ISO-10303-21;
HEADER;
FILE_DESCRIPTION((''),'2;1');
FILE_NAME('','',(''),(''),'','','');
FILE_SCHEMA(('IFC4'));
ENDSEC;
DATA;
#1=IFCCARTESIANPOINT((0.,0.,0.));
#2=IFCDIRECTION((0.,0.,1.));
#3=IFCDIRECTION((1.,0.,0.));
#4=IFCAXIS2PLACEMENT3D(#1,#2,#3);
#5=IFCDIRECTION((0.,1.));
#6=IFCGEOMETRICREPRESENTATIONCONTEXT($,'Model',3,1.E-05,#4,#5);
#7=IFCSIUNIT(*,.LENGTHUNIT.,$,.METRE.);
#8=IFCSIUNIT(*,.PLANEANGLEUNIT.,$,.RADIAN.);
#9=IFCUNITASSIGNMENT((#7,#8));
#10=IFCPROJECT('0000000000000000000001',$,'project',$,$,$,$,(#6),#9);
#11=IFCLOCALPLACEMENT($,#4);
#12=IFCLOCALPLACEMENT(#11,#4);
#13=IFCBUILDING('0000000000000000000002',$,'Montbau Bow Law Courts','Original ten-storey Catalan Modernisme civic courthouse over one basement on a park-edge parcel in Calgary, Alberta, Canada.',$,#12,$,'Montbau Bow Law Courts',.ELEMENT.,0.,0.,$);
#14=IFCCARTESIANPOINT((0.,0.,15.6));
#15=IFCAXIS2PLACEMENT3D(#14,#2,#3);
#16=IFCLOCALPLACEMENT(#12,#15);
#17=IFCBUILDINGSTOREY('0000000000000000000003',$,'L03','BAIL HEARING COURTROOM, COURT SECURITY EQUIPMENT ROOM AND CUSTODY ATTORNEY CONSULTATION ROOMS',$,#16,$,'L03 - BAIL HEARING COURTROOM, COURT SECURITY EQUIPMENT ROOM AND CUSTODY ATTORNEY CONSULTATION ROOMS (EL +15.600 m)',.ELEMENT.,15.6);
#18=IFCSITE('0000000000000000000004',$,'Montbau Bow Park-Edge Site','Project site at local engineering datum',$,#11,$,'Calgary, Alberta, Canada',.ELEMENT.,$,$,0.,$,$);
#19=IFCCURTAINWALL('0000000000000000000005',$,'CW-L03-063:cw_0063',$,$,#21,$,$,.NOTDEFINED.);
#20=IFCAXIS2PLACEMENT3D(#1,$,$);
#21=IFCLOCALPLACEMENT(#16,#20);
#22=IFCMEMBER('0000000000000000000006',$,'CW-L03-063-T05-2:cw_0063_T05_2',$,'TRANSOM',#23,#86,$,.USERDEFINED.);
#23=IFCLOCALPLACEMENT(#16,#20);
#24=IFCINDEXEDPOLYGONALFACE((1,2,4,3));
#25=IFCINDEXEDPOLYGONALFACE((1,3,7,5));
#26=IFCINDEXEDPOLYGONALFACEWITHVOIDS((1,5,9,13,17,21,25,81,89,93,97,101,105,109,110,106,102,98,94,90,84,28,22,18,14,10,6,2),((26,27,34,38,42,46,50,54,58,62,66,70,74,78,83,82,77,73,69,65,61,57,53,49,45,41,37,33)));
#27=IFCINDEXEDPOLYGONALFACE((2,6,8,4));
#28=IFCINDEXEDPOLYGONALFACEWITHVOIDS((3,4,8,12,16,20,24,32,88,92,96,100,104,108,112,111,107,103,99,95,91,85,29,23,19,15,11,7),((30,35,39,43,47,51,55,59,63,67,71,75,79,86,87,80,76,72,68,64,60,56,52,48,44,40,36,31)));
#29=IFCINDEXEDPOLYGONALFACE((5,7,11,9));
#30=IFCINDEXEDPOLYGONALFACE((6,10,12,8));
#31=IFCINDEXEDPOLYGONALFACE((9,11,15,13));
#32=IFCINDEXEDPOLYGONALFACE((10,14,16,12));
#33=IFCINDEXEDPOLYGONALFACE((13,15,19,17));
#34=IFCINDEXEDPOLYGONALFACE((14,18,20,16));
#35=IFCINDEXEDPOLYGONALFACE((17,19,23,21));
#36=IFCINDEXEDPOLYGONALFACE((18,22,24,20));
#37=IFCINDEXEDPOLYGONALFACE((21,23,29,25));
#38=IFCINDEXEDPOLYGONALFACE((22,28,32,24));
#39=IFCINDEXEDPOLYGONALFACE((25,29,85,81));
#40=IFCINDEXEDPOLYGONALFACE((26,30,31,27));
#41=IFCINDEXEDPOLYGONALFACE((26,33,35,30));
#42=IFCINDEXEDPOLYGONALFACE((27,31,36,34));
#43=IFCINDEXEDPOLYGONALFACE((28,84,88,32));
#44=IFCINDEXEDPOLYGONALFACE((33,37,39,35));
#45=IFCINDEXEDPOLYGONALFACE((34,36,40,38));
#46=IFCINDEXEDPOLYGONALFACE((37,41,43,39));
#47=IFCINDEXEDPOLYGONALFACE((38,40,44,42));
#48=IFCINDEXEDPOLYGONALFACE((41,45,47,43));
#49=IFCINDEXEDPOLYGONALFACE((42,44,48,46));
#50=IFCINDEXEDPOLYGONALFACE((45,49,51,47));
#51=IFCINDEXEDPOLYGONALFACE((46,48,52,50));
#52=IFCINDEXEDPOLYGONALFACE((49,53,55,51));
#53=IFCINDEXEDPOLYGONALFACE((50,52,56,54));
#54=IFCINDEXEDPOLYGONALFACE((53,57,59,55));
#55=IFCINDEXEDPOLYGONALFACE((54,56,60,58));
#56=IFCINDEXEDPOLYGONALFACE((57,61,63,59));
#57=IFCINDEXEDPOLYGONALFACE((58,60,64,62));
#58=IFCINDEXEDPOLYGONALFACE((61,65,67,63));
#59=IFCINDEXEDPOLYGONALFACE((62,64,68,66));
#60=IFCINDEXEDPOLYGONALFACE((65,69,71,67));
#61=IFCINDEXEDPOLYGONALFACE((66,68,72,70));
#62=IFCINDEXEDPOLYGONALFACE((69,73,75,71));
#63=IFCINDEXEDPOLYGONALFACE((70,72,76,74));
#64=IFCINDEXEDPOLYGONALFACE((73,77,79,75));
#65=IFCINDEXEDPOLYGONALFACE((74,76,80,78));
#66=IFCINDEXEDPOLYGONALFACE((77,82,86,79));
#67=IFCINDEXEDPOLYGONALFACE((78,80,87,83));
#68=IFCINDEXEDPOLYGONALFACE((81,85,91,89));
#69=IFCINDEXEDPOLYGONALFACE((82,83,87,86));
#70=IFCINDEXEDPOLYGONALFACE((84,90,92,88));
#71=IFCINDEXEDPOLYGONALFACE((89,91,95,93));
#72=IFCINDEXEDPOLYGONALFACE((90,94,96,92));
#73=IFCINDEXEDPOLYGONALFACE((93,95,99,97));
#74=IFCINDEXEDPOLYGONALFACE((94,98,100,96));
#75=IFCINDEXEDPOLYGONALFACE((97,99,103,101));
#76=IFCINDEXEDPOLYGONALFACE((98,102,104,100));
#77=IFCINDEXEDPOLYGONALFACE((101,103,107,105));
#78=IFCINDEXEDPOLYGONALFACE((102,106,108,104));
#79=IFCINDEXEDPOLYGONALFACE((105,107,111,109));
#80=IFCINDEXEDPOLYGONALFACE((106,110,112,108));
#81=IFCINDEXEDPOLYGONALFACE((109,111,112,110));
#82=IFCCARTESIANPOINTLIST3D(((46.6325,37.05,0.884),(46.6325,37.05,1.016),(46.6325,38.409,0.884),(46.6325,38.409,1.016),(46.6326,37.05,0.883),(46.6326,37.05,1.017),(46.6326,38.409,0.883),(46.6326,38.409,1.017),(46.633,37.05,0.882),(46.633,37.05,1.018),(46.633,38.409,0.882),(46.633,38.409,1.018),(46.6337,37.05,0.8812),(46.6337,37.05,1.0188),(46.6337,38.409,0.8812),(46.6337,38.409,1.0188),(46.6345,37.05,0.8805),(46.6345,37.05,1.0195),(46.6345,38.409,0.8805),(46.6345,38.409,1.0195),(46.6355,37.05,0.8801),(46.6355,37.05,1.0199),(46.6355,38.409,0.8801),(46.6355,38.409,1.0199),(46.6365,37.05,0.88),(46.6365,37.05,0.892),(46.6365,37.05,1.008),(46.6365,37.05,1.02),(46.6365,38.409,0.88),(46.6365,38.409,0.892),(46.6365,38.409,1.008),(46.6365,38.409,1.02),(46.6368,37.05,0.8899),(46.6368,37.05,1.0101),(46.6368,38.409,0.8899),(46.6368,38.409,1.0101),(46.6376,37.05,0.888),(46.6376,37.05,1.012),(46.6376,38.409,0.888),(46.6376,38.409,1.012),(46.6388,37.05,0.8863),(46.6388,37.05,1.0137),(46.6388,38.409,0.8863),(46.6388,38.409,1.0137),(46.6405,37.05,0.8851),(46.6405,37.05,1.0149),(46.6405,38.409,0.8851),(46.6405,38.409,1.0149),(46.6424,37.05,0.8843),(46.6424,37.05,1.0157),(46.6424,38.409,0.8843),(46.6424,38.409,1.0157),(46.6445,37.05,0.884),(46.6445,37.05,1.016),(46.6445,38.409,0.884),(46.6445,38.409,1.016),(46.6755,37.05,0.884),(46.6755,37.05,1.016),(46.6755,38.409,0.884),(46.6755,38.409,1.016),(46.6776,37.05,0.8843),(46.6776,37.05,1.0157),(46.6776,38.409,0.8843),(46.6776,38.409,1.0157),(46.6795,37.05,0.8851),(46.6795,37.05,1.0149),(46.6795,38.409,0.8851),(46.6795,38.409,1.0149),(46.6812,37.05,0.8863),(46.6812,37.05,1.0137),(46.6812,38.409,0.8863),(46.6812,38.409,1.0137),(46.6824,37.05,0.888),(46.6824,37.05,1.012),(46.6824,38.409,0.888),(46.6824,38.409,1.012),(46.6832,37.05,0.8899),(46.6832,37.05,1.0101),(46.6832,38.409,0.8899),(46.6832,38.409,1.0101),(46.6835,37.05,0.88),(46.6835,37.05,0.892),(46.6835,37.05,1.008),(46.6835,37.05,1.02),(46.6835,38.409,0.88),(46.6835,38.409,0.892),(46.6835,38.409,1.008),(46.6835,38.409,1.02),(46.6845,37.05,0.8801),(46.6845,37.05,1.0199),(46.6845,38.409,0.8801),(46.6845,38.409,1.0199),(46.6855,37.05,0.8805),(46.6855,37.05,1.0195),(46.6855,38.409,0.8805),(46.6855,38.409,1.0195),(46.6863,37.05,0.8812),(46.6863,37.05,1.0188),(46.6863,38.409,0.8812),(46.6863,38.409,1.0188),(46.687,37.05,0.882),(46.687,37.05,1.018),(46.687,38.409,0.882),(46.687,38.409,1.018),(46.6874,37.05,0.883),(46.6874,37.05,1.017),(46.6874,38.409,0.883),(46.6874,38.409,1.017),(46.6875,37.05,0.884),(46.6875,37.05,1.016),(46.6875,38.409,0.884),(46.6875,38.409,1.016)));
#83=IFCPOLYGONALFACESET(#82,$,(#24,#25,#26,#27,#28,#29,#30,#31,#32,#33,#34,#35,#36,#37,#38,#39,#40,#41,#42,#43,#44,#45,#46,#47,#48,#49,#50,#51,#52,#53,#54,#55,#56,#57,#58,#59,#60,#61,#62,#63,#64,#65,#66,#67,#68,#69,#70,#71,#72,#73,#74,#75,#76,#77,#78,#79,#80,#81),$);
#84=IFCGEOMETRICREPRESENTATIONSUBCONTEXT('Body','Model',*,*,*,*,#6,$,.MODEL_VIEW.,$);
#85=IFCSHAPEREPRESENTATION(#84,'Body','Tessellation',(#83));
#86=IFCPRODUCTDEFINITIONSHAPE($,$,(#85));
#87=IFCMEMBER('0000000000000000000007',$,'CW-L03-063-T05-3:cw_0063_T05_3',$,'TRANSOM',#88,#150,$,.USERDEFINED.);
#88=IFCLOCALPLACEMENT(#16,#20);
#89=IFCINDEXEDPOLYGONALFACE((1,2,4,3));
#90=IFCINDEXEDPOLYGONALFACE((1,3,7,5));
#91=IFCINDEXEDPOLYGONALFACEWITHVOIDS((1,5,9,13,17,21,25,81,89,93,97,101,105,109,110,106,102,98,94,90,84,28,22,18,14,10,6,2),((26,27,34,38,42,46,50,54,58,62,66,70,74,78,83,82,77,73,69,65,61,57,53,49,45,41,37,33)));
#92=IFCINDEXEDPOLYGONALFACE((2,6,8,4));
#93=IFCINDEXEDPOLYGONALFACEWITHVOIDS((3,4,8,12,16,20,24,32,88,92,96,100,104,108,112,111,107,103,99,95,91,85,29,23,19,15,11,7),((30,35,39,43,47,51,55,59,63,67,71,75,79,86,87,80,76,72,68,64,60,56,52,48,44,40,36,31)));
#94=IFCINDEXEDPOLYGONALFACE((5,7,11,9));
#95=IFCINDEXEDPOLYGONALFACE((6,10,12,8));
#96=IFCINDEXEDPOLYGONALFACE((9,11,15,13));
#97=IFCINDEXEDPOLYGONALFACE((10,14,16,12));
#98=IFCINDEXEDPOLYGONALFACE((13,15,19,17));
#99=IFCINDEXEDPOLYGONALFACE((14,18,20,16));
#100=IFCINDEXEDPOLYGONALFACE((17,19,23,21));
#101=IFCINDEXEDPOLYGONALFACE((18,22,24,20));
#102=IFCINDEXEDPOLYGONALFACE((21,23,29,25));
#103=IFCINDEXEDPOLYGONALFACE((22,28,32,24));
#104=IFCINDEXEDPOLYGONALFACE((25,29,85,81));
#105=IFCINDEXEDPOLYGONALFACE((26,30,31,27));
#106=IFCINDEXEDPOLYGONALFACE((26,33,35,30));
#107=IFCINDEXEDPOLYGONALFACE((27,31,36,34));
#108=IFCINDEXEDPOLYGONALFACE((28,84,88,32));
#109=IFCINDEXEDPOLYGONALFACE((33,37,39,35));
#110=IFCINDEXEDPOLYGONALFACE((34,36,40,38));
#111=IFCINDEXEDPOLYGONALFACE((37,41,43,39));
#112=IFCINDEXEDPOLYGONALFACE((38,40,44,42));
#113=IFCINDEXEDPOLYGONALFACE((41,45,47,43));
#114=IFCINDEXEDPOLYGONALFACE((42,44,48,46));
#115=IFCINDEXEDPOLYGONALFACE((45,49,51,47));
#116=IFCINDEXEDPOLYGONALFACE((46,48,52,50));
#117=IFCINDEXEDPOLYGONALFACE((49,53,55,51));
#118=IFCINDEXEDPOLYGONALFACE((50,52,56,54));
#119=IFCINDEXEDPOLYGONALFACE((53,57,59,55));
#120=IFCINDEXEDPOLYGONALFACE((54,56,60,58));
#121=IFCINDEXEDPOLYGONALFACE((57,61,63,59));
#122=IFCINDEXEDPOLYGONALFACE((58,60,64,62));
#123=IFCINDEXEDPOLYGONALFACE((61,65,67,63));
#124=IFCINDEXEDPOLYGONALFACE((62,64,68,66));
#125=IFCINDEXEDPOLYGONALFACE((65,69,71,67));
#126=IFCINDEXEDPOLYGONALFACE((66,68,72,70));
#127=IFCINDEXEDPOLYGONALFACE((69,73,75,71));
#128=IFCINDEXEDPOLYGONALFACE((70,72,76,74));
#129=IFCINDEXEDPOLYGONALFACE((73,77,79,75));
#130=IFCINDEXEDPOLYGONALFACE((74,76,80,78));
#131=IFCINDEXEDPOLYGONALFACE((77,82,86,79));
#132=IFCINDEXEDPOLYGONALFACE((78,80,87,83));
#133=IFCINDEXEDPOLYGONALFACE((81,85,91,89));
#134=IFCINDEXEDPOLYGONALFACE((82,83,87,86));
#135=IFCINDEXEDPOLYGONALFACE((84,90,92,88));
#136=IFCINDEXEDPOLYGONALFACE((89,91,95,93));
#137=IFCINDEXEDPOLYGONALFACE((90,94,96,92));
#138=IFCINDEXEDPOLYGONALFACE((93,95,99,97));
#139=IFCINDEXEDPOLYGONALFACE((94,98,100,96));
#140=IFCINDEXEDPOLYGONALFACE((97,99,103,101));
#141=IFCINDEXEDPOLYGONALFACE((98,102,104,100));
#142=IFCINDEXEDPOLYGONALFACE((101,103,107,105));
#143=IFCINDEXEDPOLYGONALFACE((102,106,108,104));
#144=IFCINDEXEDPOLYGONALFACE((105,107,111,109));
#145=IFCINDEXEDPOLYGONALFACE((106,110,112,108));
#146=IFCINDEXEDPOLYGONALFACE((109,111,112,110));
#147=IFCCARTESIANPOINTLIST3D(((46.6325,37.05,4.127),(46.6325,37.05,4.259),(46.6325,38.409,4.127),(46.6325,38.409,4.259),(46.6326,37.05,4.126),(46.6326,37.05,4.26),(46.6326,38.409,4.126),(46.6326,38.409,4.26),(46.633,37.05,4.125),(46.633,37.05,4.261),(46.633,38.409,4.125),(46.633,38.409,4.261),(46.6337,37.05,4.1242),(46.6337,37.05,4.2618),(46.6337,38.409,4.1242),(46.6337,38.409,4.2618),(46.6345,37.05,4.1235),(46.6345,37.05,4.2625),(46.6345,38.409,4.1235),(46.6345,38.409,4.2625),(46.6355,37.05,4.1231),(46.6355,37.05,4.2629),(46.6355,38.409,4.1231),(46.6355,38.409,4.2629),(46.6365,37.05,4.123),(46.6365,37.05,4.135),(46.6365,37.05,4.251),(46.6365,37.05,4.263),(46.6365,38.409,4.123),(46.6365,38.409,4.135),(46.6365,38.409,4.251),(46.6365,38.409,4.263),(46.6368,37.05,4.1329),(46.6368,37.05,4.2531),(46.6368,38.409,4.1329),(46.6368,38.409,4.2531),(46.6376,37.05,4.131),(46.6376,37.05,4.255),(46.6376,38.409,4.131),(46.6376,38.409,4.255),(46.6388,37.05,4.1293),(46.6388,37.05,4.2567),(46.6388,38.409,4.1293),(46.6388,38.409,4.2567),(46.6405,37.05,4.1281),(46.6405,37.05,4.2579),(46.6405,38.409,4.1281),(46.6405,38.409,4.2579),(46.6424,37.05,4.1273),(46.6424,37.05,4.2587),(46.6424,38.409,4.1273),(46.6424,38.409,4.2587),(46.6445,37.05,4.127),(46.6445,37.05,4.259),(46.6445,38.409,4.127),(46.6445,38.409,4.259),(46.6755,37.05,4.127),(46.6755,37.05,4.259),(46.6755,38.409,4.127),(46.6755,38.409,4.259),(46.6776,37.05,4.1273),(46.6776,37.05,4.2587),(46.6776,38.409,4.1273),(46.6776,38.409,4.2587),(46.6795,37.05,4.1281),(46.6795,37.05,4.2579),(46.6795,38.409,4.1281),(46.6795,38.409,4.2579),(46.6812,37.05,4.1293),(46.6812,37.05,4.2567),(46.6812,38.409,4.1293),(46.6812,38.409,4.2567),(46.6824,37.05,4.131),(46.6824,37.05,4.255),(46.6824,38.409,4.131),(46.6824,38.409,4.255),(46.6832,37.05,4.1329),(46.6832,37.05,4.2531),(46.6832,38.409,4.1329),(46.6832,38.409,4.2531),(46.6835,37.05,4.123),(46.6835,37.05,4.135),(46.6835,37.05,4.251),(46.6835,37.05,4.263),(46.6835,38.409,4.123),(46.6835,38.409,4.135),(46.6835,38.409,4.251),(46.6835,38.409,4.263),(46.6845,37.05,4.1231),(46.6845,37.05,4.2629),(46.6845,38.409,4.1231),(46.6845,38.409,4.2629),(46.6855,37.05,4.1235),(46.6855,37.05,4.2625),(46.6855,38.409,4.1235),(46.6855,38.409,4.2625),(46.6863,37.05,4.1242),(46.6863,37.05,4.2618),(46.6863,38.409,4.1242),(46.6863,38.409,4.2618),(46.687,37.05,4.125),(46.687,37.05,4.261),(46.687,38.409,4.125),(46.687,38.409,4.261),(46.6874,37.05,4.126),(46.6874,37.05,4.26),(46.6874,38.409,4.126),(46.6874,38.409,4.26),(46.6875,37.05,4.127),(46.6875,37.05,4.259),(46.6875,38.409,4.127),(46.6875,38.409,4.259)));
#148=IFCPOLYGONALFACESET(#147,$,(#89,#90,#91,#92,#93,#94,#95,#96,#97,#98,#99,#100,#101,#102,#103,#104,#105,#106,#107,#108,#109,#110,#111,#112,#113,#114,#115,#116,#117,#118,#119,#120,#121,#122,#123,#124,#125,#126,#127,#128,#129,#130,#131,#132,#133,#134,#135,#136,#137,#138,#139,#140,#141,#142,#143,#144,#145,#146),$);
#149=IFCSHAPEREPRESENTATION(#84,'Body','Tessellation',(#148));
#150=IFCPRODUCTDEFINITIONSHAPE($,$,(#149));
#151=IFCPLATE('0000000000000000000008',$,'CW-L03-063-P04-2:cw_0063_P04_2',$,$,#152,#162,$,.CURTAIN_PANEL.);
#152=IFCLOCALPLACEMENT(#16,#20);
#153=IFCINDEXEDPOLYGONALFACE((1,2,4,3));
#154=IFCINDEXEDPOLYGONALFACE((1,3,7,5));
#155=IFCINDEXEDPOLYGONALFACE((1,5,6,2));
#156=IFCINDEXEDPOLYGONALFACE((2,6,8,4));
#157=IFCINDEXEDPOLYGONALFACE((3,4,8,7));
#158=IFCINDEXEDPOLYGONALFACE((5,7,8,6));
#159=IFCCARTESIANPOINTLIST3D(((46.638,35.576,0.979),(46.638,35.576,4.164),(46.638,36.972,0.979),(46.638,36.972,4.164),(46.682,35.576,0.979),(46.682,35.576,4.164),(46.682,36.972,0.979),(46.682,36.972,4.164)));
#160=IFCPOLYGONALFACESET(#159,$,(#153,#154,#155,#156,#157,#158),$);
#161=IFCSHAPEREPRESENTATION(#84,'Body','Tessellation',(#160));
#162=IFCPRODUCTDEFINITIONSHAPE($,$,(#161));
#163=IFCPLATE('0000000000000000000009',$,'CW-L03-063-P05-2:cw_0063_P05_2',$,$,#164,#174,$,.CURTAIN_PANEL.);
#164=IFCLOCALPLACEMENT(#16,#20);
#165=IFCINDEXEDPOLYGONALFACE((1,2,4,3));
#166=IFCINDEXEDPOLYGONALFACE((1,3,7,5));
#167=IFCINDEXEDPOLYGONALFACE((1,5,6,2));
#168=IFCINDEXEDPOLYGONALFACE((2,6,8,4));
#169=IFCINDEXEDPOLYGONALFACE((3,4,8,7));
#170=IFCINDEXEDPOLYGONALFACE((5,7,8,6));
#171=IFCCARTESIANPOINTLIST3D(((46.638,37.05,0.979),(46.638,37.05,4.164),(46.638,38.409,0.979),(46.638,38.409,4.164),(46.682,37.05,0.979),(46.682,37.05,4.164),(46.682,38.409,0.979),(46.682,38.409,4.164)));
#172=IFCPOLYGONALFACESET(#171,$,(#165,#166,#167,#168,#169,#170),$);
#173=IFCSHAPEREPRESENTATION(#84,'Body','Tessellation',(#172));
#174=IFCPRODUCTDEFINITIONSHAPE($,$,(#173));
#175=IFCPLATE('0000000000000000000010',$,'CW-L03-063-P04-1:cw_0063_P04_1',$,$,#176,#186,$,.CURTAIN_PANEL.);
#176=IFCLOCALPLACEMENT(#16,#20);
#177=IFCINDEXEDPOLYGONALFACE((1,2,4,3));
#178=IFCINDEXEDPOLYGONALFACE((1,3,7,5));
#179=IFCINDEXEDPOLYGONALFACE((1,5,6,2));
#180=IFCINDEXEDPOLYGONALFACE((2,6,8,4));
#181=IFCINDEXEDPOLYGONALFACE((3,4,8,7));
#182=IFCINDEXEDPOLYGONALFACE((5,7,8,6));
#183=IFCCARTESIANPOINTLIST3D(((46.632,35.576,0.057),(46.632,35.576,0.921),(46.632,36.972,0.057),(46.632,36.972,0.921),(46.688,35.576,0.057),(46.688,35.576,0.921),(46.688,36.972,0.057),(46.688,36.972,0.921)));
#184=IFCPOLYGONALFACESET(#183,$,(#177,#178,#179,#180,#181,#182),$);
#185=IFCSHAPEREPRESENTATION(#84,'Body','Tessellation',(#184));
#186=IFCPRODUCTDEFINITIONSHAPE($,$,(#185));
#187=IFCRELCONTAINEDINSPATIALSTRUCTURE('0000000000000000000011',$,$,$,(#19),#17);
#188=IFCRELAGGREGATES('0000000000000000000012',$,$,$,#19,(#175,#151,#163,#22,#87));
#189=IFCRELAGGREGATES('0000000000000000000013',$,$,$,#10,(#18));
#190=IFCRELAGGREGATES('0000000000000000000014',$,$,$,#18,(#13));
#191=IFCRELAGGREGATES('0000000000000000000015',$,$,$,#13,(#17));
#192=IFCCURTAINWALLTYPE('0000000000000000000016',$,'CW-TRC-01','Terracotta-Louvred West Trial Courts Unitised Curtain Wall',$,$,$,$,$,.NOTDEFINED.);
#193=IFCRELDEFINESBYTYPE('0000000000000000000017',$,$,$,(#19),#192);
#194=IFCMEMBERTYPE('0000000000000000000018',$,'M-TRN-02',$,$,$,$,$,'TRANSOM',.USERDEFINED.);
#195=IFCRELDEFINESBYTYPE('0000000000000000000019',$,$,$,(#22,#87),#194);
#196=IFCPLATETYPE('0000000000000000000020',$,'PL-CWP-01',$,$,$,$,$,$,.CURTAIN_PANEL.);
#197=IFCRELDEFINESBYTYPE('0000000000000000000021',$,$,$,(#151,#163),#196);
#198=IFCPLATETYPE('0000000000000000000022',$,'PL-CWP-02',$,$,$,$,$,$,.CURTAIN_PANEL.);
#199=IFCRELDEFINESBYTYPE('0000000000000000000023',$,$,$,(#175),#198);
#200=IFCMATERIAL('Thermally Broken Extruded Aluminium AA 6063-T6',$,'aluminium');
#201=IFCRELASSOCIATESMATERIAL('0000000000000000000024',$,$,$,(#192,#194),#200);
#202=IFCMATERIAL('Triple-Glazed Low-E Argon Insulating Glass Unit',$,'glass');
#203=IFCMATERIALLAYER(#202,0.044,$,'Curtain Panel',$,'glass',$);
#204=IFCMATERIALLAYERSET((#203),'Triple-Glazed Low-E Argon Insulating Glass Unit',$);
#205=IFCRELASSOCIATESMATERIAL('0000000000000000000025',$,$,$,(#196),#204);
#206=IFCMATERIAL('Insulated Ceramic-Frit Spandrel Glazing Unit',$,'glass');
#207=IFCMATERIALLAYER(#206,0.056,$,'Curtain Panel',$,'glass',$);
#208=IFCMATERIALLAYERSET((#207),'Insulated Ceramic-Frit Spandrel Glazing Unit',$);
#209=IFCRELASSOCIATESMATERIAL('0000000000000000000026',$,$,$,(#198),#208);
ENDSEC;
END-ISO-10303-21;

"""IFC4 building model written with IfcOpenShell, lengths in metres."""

from ifc_helpers import new_model, si_unit, direction, frame, frame_2d, origin_with_axes, origin_2d_with_axis, place, context, subcontext, project, spatial, rectangle, hollow_rectangle, extrude, material, layer, layer_set, material_profile, profile_set, type_object, element, aggregate, save


model = new_model("IFC4")

# Units and contexts
model_context = context("Model", 3, precision=1e-05, world=origin_with_axes(), true_north=direction((0.0, 1.0)))
body_context = subcontext(model_context, "Body", "Model", "MODEL_VIEW")
ifc_project = project(units=[si_unit("LENGTHUNIT", "METRE"), si_unit("PLANEANGLEUNIT", "RADIAN")], contexts=[model_context])

# Site, building, storey
site_placement = place(None, origin_with_axes())
site = spatial("IfcSite", under=ifc_project, at=site_placement, Name="Montbau Bow Park-Edge Site", Description="Project site at local engineering datum", LongName="Calgary, Alberta, Canada", CompositionType="ELEMENT", RefElevation=0.0)
building_placement = place(site_placement, origin_with_axes())
building = spatial("IfcBuilding", under=site, at=building_placement, Name="Montbau Bow Law Courts", Description="Original ten-storey Catalan Modernisme civic courthouse over one basement on a park-edge parcel in Calgary, Alberta, Canada.", LongName="Montbau Bow Law Courts", CompositionType="ELEMENT", ElevationOfRefHeight=0.0, ElevationOfTerrain=0.0)
storey_placement = place(building_placement, frame((0.0, 0.0, 15.6), z_axis=(0.0, 0.0, 1.0), x_axis=(1.0, 0.0, 0.0)))
storey = spatial("IfcBuildingStorey", under=building, at=storey_placement, Name="L03", Description="BAIL HEARING COURTROOM, COURT SECURITY EQUIPMENT ROOM AND CUSTODY ATTORNEY CONSULTATION ROOMS", LongName="L03 - BAIL HEARING COURTROOM, COURT SECURITY EQUIPMENT ROOM AND CUSTODY ATTORNEY CONSULTATION ROOMS (EL +15.600 m)", CompositionType="ELEMENT", Elevation=15.6)

# Curtain wall, members, plates
ifc_material_1 = material(Name="Thermally Broken Extruded Aluminium AA 6063-T6", Category="aluminium")
curtain_wall_type = type_object("IfcCurtainWallType", Name="CW-TRC-01", Description="Terracotta-Louvred West Trial Courts Unitised Curtain Wall", PredefinedType="NOTDEFINED", material=ifc_material_1)
curtain_wall_placement = place(None, frame((46.66, 31.115, 15.6), z_axis=(0.0, 0.0, 1.0), x_axis=(1.0, 0.0, 0.0)))
curtain_wall = element("IfcCurtainWall", 1, at=curtain_wall_placement, inside=storey, type_object=curtain_wall_type, Name="CW-L03-063:cw_0063", PredefinedType="NOTDEFINED")
ifc_material_profile_1 = material_profile(ifc_material_1, hollow_rectangle(XDim=0.055, YDim=0.14, WallThickness=0.004, InnerFilletRadius=0.008, OuterFilletRadius=0.004, at=origin_2d_with_axis()), Name="CWT-140X55", Category="Main", Priority=0)
ifc_profile_set_1 = profile_set([ifc_material_profile_1], Name="Thermally Broken Extruded Aluminium AA 6063-T6")
member_type_1 = type_object("IfcMemberType", Name="M-TRN-02", ElementType="TRANSOM", PredefinedType="USERDEFINED", material=ifc_profile_set_1)
member_1_placement = place(None, frame((46.66, 37.05, 16.55), z_axis=(0.0, 1.0, 0.0), x_axis=(-1.0, 0.0, 0.0)))
member_1 = element("IfcMember", 2, at=member_1_placement, type_object=member_type_1, Name="CW-L03-063-T05-2:cw_0063_T05_2", ObjectType="TRANSOM", PredefinedType="USERDEFINED", context=body_context, shape_type="SweptSolid", body=[
    extrude(hollow_rectangle(XDim=0.055, YDim=0.14, WallThickness=0.004, InnerFilletRadius=0.008, OuterFilletRadius=0.004, at=origin_2d_with_axis()), origin_with_axes(), (0.0, 0.0, 1.0), 1.359),
])
member_2_placement = place(None, frame((46.66, 37.05, 19.793), z_axis=(0.0, 1.0, 0.0), x_axis=(-1.0, 0.0, 0.0)))
member_2 = element("IfcMember", 3, at=member_2_placement, type_object=member_type_1, Name="CW-L03-063-T05-3:cw_0063_T05_3", ObjectType="TRANSOM", PredefinedType="USERDEFINED", context=body_context, shape_type="SweptSolid", body=[
    extrude(hollow_rectangle(XDim=0.055, YDim=0.14, WallThickness=0.004, InnerFilletRadius=0.008, OuterFilletRadius=0.004, at=origin_2d_with_axis()), origin_with_axes(), (0.0, 0.0, 1.0), 1.359),
])
ifc_material_2 = material(Name="Triple-Glazed Low-E Argon Insulating Glass Unit", Category="glass")
ifc_layer_1 = layer(ifc_material_2, 0.044, Name="Curtain Panel", Category="glass")
ifc_layer_set_1 = layer_set([ifc_layer_1], Name="Triple-Glazed Low-E Argon Insulating Glass Unit")
plate_type_1 = type_object("IfcPlateType", Name="PL-CWP-01", PredefinedType="CURTAIN_PANEL", material=ifc_layer_set_1)
plate_1_placement = place(None, frame((46.66, 35.576, 16.579), z_axis=(1.0, 0.0, 0.0), x_axis=(0.0, 1.0, 0.0)))
plate_1 = element("IfcPlate", 4, at=plate_1_placement, type_object=plate_type_1, Name="CW-L03-063-P04-2:cw_0063_P04_2", PredefinedType="CURTAIN_PANEL", context=body_context, shape_type="SweptSolid", body=[
    extrude(rectangle(XDim=1.396, YDim=3.185, at=frame_2d((0.698, 1.5925), x_axis=(1.0, 0.0))), frame((0.0, 0.0, -0.022), z_axis=(0.0, 0.0, 1.0), x_axis=(1.0, 0.0, 0.0)), (0.0, 0.0, 1.0), 0.044),
])
plate_2_placement = place(None, frame((46.66, 37.05, 16.579), z_axis=(1.0, 0.0, 0.0), x_axis=(0.0, 1.0, 0.0)))
plate_2 = element("IfcPlate", 5, at=plate_2_placement, type_object=plate_type_1, Name="CW-L03-063-P05-2:cw_0063_P05_2", PredefinedType="CURTAIN_PANEL", context=body_context, shape_type="SweptSolid", body=[
    extrude(rectangle(XDim=1.359, YDim=3.185, at=frame_2d((0.6795, 1.5925), x_axis=(1.0, 0.0))), frame((0.0, 0.0, -0.022), z_axis=(0.0, 0.0, 1.0), x_axis=(1.0, 0.0, 0.0)), (0.0, 0.0, 1.0), 0.044),
])
ifc_material_3 = material(Name="Insulated Ceramic-Frit Spandrel Glazing Unit", Category="glass")
ifc_layer_2 = layer(ifc_material_3, 0.056, Name="Curtain Panel", Category="glass")
ifc_layer_set_2 = layer_set([ifc_layer_2], Name="Insulated Ceramic-Frit Spandrel Glazing Unit")
plate_type_2 = type_object("IfcPlateType", Name="PL-CWP-02", PredefinedType="CURTAIN_PANEL", material=ifc_layer_set_2)
plate_3_placement = place(None, frame((46.66, 35.576, 15.657), z_axis=(1.0, 0.0, 0.0), x_axis=(0.0, 1.0, 0.0)))
plate_3 = element("IfcPlate", 6, at=plate_3_placement, type_object=plate_type_2, Name="CW-L03-063-P04-1:cw_0063_P04_1", PredefinedType="CURTAIN_PANEL", context=body_context, shape_type="SweptSolid", body=[
    extrude(rectangle(XDim=1.396, YDim=0.864, at=frame_2d((0.698, 0.432), x_axis=(1.0, 0.0))), frame((0.0, 0.0, -0.028), z_axis=(0.0, 0.0, 1.0), x_axis=(1.0, 0.0, 0.0)), (0.0, 0.0, 1.0), 0.056),
])
aggregate(curtain_wall, [plate_3, plate_1, plate_2, member_1, member_2])

save(model, "model.ifc")
